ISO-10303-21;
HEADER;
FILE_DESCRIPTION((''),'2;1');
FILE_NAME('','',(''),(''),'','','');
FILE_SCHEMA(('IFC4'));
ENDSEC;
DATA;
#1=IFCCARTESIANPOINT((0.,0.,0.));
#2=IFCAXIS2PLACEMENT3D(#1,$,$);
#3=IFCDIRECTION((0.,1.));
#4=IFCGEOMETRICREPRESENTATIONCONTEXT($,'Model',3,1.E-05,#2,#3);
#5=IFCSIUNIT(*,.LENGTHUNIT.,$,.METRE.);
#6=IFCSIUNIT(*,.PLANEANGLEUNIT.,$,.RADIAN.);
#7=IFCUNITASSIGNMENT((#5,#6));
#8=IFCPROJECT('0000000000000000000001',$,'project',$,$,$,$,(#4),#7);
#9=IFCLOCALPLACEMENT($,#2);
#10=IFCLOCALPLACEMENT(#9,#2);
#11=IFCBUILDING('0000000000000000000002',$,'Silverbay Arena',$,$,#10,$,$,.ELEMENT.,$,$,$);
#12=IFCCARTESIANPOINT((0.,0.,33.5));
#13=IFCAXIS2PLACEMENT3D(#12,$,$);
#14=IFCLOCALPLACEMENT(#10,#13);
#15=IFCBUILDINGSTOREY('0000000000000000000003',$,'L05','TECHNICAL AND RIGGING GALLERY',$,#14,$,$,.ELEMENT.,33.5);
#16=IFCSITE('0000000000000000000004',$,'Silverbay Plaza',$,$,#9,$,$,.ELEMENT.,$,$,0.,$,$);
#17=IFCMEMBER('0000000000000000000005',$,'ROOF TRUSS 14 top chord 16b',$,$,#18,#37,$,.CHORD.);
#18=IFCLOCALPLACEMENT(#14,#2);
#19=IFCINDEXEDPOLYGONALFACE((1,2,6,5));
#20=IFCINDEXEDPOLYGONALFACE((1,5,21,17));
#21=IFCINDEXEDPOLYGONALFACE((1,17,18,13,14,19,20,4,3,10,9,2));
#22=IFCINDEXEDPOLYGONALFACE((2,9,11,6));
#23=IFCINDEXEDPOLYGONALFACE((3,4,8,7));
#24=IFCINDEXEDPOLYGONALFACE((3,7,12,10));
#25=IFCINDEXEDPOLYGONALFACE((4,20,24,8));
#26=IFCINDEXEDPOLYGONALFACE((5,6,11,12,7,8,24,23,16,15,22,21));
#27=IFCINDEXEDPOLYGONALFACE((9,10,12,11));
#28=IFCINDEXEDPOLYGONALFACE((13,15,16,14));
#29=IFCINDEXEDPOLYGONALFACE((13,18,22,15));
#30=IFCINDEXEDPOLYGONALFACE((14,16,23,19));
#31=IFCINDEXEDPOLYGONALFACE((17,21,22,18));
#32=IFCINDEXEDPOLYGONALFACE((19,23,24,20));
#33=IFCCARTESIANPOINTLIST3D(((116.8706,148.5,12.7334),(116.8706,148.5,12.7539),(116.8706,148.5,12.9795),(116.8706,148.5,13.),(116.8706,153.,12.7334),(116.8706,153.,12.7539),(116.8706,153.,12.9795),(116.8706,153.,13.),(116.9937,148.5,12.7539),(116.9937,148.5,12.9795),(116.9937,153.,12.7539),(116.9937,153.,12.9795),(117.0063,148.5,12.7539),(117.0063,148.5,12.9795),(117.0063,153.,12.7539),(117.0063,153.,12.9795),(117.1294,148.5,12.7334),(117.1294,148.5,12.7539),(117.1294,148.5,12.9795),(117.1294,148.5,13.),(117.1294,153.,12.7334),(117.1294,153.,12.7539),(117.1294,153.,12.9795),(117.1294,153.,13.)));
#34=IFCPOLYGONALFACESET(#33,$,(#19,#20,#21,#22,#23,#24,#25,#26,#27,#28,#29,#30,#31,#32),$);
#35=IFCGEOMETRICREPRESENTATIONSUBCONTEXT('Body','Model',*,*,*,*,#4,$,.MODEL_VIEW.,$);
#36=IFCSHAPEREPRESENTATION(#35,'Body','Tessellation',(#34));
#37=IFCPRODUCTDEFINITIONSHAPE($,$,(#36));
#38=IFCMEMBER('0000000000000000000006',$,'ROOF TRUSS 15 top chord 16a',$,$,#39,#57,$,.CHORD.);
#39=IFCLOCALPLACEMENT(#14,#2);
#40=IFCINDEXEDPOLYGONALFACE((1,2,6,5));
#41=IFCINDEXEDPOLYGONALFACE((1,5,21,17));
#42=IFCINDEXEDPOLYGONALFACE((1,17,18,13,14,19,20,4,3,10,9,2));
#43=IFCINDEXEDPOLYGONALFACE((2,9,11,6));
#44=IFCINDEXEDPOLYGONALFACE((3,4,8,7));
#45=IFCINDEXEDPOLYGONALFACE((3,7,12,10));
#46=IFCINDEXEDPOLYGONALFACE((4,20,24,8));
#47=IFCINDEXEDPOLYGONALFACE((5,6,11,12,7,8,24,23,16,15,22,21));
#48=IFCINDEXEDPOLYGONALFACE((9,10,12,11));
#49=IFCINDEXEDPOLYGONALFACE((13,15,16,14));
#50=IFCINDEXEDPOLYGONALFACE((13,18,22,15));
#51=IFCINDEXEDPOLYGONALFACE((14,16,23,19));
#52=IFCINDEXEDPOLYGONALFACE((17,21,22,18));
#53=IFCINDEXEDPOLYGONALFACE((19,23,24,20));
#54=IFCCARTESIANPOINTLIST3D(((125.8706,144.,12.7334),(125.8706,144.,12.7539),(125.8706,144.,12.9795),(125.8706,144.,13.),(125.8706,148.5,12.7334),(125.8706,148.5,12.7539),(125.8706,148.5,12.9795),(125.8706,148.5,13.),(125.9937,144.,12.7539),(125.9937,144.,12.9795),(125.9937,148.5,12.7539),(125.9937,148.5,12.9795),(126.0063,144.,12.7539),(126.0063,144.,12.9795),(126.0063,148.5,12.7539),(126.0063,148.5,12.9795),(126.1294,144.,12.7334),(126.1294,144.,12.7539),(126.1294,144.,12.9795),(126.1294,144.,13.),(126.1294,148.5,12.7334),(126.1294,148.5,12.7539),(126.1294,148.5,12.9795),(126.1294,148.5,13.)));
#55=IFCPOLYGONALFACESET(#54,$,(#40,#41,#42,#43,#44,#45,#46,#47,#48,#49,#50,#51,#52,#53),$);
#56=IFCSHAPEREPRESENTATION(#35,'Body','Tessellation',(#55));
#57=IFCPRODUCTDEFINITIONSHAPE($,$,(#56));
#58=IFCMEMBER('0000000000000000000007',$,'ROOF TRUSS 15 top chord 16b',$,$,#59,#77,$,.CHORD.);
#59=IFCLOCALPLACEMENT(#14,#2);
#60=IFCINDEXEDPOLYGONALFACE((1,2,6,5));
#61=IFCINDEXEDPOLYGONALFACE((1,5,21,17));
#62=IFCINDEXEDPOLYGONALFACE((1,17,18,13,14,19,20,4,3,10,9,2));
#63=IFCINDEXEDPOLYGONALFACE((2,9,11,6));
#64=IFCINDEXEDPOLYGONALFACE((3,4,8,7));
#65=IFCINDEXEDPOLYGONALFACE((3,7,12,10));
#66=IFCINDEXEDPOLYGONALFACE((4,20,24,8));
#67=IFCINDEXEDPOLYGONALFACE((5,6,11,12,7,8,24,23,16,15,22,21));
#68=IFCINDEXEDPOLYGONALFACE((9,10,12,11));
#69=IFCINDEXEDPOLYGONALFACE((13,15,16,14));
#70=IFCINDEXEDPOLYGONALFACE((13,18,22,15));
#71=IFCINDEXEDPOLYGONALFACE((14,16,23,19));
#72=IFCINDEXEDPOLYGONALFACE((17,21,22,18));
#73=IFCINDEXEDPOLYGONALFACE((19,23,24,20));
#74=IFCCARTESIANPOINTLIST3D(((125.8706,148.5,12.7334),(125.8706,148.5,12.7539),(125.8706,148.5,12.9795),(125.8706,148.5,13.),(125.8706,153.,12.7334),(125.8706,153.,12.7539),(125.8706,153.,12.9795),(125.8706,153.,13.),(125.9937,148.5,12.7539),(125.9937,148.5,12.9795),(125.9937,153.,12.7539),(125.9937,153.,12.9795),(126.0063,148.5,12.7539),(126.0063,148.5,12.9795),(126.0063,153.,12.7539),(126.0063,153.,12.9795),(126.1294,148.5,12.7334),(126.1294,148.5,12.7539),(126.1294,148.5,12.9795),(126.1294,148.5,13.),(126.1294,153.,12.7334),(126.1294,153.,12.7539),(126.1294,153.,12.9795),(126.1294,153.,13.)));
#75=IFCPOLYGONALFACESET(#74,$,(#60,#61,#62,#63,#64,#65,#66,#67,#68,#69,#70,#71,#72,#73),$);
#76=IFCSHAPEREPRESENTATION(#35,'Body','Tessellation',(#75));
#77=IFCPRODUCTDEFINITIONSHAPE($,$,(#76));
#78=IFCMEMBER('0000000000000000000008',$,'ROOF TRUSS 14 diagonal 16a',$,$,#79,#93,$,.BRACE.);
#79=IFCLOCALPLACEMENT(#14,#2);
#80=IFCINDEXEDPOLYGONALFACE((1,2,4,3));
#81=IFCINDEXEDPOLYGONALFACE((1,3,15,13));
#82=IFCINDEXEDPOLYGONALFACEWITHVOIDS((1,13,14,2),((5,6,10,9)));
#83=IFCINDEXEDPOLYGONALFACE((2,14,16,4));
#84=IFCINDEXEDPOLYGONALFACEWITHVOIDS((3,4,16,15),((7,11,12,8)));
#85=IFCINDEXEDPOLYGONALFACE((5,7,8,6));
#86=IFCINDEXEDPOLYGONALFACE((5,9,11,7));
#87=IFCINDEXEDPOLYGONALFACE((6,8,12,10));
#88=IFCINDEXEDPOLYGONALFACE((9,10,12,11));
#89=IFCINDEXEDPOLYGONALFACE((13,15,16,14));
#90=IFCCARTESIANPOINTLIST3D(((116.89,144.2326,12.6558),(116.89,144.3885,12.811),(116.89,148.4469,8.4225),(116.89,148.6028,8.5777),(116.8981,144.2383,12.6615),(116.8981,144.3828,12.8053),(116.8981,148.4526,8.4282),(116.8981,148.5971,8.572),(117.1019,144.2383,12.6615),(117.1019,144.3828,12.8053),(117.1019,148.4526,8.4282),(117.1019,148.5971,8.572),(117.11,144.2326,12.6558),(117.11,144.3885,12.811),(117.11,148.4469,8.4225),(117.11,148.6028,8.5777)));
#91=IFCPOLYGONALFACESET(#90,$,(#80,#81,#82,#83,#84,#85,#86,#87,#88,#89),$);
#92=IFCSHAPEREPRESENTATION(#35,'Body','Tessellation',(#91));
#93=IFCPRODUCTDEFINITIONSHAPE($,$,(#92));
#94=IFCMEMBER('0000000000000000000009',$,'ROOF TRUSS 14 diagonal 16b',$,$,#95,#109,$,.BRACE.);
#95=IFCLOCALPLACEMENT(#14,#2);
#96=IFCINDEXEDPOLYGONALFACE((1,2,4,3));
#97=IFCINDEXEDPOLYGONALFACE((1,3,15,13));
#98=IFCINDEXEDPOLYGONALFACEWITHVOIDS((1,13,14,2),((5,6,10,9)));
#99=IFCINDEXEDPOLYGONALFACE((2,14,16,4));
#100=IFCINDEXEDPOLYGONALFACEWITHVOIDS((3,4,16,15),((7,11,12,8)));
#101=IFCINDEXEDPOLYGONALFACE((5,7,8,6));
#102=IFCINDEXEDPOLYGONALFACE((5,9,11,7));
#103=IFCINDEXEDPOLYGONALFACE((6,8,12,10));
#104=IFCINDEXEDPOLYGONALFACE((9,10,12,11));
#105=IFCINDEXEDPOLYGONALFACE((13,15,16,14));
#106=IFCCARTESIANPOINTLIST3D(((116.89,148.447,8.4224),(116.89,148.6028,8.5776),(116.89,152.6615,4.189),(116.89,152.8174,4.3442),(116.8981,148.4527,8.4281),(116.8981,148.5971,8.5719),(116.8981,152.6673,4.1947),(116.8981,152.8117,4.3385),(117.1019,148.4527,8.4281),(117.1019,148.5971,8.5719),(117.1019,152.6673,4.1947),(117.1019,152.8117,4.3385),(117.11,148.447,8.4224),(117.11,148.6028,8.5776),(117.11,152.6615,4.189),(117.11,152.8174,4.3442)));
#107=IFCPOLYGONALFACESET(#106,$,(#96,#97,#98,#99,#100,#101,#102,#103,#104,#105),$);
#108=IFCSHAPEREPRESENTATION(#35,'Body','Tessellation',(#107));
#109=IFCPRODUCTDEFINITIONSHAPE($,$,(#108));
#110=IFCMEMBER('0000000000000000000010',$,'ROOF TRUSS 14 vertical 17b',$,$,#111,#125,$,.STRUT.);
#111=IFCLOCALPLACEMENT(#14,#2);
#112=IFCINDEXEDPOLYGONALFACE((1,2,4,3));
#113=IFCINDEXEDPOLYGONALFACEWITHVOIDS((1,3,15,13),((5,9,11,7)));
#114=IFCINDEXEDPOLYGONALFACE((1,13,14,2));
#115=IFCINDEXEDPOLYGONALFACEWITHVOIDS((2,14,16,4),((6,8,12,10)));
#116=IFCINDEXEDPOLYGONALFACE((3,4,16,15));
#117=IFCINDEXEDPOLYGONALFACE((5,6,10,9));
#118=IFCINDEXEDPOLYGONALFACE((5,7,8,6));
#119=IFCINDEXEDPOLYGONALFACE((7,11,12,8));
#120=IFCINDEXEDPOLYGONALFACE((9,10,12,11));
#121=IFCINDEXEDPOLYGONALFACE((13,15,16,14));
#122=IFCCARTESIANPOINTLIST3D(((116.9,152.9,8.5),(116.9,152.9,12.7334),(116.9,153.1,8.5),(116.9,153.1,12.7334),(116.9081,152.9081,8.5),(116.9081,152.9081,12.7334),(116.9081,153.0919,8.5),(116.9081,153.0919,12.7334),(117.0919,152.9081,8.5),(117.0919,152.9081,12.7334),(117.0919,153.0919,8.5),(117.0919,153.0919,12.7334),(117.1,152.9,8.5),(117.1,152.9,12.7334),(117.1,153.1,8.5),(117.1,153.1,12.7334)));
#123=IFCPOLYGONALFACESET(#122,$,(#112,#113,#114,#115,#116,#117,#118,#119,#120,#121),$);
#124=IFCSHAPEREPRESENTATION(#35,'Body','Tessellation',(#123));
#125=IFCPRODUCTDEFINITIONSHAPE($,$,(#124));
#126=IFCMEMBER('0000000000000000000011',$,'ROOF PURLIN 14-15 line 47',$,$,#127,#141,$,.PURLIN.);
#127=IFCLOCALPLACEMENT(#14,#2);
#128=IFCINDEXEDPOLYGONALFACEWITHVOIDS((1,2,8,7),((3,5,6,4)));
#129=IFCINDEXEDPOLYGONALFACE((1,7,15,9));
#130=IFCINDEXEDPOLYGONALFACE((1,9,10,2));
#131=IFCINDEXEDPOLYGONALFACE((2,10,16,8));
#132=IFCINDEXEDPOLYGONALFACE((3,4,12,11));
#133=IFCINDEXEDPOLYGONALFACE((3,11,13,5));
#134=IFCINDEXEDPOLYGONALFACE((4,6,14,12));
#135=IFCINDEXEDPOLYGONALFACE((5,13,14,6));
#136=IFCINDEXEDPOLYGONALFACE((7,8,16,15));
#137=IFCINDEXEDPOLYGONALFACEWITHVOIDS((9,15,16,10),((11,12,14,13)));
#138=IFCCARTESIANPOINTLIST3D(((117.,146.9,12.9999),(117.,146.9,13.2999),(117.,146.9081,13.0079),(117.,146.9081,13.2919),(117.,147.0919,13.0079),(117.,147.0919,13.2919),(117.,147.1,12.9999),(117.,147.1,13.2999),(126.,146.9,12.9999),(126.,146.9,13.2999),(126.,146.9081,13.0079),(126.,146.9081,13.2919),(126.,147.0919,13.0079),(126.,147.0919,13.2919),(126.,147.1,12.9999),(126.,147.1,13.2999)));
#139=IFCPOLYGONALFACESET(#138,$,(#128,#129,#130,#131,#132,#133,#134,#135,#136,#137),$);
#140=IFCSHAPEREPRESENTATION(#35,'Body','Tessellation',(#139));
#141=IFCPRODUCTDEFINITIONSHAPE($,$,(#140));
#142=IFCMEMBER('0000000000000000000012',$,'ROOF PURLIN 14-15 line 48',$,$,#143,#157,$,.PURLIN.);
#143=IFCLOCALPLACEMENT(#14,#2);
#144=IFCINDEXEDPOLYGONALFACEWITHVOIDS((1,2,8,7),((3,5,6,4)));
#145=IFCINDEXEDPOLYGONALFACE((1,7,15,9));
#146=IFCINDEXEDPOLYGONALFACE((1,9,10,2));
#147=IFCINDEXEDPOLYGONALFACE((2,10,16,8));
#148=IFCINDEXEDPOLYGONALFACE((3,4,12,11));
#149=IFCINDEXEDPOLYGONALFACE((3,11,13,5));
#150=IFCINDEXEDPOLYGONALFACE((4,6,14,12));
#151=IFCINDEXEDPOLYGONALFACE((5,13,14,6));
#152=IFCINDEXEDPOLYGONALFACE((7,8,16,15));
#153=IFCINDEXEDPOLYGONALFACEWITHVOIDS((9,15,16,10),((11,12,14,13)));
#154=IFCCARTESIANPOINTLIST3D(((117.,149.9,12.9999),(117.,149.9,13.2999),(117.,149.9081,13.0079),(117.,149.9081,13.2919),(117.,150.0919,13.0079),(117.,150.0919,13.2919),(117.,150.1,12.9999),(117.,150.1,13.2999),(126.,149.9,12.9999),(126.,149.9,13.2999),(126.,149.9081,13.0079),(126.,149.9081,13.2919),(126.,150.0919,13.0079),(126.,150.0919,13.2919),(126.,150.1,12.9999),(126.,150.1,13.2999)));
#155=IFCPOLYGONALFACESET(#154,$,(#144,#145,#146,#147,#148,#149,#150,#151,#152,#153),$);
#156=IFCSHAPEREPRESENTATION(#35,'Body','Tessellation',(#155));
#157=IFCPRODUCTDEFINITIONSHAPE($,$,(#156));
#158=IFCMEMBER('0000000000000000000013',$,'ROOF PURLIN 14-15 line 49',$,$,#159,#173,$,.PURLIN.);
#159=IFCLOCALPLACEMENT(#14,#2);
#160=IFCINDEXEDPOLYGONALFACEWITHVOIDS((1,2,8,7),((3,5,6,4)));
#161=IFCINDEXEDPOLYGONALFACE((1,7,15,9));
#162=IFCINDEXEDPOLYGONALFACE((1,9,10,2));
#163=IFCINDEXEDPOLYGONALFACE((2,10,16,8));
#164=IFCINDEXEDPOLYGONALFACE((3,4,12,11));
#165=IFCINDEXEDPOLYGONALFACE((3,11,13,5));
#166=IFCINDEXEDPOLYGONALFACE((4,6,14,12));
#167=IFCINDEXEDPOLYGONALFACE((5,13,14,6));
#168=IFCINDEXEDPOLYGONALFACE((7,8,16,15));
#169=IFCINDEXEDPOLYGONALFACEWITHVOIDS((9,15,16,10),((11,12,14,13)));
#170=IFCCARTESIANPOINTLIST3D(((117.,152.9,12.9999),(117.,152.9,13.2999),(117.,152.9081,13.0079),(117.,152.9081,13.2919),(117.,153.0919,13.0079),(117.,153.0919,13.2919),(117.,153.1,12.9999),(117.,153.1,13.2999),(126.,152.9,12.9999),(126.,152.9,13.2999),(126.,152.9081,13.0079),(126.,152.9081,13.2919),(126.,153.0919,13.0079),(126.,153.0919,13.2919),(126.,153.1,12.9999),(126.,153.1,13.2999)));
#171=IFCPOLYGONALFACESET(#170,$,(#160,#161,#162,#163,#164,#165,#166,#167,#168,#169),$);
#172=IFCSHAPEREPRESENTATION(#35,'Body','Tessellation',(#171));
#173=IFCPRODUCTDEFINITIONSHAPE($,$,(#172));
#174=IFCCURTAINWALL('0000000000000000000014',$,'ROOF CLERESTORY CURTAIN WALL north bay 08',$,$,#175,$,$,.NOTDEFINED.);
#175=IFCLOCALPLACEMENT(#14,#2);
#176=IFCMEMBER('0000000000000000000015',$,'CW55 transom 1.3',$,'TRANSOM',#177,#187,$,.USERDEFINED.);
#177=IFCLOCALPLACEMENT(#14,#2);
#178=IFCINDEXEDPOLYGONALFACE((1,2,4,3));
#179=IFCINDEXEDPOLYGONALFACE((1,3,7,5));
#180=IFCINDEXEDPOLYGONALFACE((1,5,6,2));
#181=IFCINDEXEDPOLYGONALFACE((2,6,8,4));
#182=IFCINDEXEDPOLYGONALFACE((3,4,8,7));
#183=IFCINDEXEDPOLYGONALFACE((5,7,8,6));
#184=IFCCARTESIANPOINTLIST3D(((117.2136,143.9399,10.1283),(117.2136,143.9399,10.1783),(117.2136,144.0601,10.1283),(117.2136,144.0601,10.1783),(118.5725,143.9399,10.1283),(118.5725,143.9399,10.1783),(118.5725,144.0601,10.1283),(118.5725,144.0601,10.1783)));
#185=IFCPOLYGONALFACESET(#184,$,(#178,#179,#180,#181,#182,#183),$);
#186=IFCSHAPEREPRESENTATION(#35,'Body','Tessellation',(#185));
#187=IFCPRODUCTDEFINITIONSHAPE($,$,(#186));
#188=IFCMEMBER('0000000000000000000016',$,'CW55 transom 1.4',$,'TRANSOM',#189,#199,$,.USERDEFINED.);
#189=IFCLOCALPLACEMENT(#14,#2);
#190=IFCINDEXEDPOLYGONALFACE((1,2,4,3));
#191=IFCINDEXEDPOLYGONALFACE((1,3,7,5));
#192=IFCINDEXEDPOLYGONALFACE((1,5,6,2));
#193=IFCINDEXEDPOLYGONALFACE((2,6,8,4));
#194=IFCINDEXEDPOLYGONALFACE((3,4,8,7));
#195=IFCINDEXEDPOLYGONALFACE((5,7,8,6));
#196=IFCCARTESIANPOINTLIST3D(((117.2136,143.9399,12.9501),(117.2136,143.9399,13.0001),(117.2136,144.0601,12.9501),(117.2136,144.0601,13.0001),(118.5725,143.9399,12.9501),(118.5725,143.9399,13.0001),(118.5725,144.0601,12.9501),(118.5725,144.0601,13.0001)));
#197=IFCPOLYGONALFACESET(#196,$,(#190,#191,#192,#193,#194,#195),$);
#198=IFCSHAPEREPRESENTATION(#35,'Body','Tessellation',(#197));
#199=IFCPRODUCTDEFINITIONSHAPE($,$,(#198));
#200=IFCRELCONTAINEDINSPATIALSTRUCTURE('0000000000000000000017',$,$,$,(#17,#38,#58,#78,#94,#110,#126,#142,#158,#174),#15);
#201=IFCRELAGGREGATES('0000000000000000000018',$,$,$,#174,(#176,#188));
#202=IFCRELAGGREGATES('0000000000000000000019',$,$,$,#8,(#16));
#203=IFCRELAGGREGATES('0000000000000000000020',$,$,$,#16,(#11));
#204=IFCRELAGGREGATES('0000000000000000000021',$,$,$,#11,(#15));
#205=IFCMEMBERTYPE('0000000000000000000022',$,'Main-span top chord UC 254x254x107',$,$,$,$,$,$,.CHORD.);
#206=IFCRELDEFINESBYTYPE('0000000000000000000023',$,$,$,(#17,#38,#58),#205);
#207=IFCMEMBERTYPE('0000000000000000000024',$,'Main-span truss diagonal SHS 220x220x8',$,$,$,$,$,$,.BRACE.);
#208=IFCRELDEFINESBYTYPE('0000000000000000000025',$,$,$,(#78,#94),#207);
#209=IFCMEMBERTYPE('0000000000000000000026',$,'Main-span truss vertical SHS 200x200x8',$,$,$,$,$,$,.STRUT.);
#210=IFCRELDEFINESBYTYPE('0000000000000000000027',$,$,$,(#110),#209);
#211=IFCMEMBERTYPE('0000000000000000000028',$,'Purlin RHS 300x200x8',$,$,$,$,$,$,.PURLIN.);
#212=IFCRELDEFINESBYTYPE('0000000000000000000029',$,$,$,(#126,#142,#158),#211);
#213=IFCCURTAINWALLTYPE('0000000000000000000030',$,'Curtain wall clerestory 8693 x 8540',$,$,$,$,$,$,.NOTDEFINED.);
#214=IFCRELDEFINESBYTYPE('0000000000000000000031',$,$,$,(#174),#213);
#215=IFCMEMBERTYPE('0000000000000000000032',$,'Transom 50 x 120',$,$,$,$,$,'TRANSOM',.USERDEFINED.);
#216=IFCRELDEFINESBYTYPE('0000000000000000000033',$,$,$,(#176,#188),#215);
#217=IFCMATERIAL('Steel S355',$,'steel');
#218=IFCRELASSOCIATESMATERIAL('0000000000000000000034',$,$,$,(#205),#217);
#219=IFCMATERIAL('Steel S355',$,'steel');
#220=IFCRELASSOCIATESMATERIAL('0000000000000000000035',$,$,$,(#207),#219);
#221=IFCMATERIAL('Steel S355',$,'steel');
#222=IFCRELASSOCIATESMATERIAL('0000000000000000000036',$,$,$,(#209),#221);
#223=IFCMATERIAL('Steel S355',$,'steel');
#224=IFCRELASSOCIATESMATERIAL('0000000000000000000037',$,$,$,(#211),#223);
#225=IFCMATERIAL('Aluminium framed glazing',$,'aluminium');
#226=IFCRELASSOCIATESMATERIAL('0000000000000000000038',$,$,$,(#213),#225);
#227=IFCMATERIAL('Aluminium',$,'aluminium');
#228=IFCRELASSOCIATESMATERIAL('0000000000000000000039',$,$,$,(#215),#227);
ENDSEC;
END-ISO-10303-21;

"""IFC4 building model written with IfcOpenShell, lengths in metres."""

from ifc_helpers import new_model, si_unit, direction, frame, origin, origin_2d, place, context, subcontext, project, spatial, rectangle, hollow_rectangle, i_section, extrude, material, material_profile, profile_set, type_object, element, aggregate, save


model = new_model("IFC4")

# Units and contexts
model_context = context("Model", 3, precision=1e-05, world=origin(), true_north=direction((0.0, 1.0)))
body_context = subcontext(model_context, "Body", "Model", "MODEL_VIEW")
ifc_project = project(units=[si_unit("LENGTHUNIT", "METRE"), si_unit("PLANEANGLEUNIT", "RADIAN")], contexts=[model_context])

# Site, building, storey
site_placement = place(None, origin())
site = spatial("IfcSite", under=ifc_project, at=site_placement, Name="Silverbay Plaza", CompositionType="ELEMENT", RefElevation=0.0)
building_placement = place(site_placement, origin())
building = spatial("IfcBuilding", under=site, at=building_placement, Name="Silverbay Arena", CompositionType="ELEMENT")
storey_placement = place(building_placement, frame((0.0, 0.0, 33.5)))
storey = spatial("IfcBuildingStorey", under=building, at=storey_placement, Name="L05", Description="TECHNICAL AND RIGGING GALLERY", CompositionType="ELEMENT", Elevation=33.5)

# Members
ifc_material_1 = material(Name="Steel S355", Category="steel")
ifc_material_profile_1 = material_profile(ifc_material_1, i_section(OverallWidth=0.2588, OverallDepth=0.2666, WebThickness=0.0127, FlangeThickness=0.0205, at=origin_2d()), Name="UC 254x254x107")
ifc_profile_set_1 = profile_set([ifc_material_profile_1], Name="Steel S355")
member_type_1 = type_object("IfcMemberType", Name="Main-span top chord UC 254x254x107", PredefinedType="CHORD", material=ifc_profile_set_1)
for number, where, z_axis, x_axis, name in (
    (1, (117.0, 148.5, 12.8667), (0.0, 1.0, 0.0), (-1.0, 0.0, 0.0), "ROOF TRUSS 14 top chord 16b"),
    (2, (126.0, 144.0, 12.8667), (0.0, 1.0, 0.0), (-1.0, 0.0, 0.0), "ROOF TRUSS 15 top chord 16a"),
    (3, (126.0, 148.5, 12.8667), (0.0, 1.0, 0.0), (-1.0, 0.0, 0.0), "ROOF TRUSS 15 top chord 16b"),
):
    element("IfcMember", number, at=place(storey_placement, frame(where, z_axis=z_axis, x_axis=x_axis)), inside=storey, type_object=member_type_1, Name=name, PredefinedType="CHORD", context=body_context, shape_type="SweptSolid", body=[
        extrude(i_section(OverallWidth=0.2588, OverallDepth=0.2666, WebThickness=0.0127, FlangeThickness=0.0205, at=origin_2d()), origin(), (0.0, 0.0, 1.0), 4.5),
    ])
ifc_material_2 = material(Name="Steel S355", Category="steel")
ifc_material_profile_2 = material_profile(ifc_material_2, hollow_rectangle(XDim=0.22, YDim=0.22, WallThickness=0.0081, at=origin_2d()), Name="SHS 220x220x8")
ifc_profile_set_2 = profile_set([ifc_material_profile_2], Name="Steel S355")
member_type_2 = type_object("IfcMemberType", Name="Main-span truss diagonal SHS 220x220x8", PredefinedType="BRACE", material=ifc_profile_set_2)
member_1_placement = place(storey_placement, frame((117.0, 144.3105, 12.7334), z_axis=(0.0, 0.705511, -0.708699), x_axis=(-1.0, 0.0, 0.0)))
element("IfcMember", 4, at=member_1_placement, inside=storey, type_object=member_type_2, Name="ROOF TRUSS 14 diagonal 16a", PredefinedType="BRACE", context=body_context, shape_type="SweptSolid", body=[
    extrude(hollow_rectangle(XDim=0.22, YDim=0.22, WallThickness=0.0081, at=origin_2d()), origin(), (0.0, 0.0, 1.0), 5.9734),
])
member_2_placement = place(storey_placement, frame((117.0, 148.5249, 8.5), z_axis=(0.0, 0.705532, -0.708679), x_axis=(-1.0, 0.0, 0.0)))
element("IfcMember", 5, at=member_2_placement, inside=storey, type_object=member_type_2, Name="ROOF TRUSS 14 diagonal 16b", PredefinedType="BRACE", context=body_context, shape_type="SweptSolid", body=[
    extrude(hollow_rectangle(XDim=0.22, YDim=0.22, WallThickness=0.0081, at=origin_2d()), origin(), (0.0, 0.0, 1.0), 5.9736),
])
ifc_material_3 = material(Name="Steel S355", Category="steel")
ifc_material_profile_3 = material_profile(ifc_material_3, hollow_rectangle(XDim=0.2, YDim=0.2, WallThickness=0.0081, at=origin_2d()), Name="SHS 200x200x8")
ifc_profile_set_3 = profile_set([ifc_material_profile_3], Name="Steel S355")
member_type_3 = type_object("IfcMemberType", Name="Main-span truss vertical SHS 200x200x8", PredefinedType="STRUT", material=ifc_profile_set_3)
member_3_placement = place(storey_placement, frame((117.0, 153.0, 8.5), z_axis=(0.0, 0.0, 1.0), x_axis=(1.0, 0.0, 0.0)))
element("IfcMember", 6, at=member_3_placement, inside=storey, type_object=member_type_3, Name="ROOF TRUSS 14 vertical 17b", PredefinedType="STRUT", context=body_context, shape_type="SweptSolid", body=[
    extrude(hollow_rectangle(XDim=0.2, YDim=0.2, WallThickness=0.0081, at=origin_2d()), origin(), (0.0, 0.0, 1.0), 4.2334),
])
ifc_material_4 = material(Name="Steel S355", Category="steel")
ifc_material_profile_4 = material_profile(ifc_material_4, hollow_rectangle(XDim=0.2, YDim=0.3, WallThickness=0.0081, at=origin_2d()), Name="RHS 300x200x8")
ifc_profile_set_4 = profile_set([ifc_material_profile_4], Name="Steel S355")
member_type_4 = type_object("IfcMemberType", Name="Purlin RHS 300x200x8", PredefinedType="PURLIN", material=ifc_profile_set_4)
for number, where, z_axis, x_axis, name in (
    (7, (117.0, 147.0, 13.1499), (1.0, 0.0, 0.0), (0.0, 1.0, 0.0), "ROOF PURLIN 14-15 line 47"),
    (8, (117.0, 150.0, 13.1499), (1.0, 0.0, 0.0), (0.0, 1.0, 0.0), "ROOF PURLIN 14-15 line 48"),
    (9, (117.0, 153.0, 13.1499), (1.0, 0.0, 0.0), (0.0, 1.0, 0.0), "ROOF PURLIN 14-15 line 49"),
):
    element("IfcMember", number, at=place(storey_placement, frame(where, z_axis=z_axis, x_axis=x_axis)), inside=storey, type_object=member_type_4, Name=name, PredefinedType="PURLIN", context=body_context, shape_type="SweptSolid", body=[
        extrude(hollow_rectangle(XDim=0.2, YDim=0.3, WallThickness=0.0081, at=origin_2d()), origin(), (0.0, 0.0, 1.0), 9.0),
    ])

# Curtain wall, members
ifc_material_5 = material(Name="Aluminium framed glazing", Category="aluminium")
curtain_wall_type = type_object("IfcCurtainWallType", Name="Curtain wall clerestory 8693 x 8540", PredefinedType="NOTDEFINED", material=ifc_material_5)
curtain_wall_placement = place(storey_placement, origin())
curtain_wall = element("IfcCurtainWall", 10, at=curtain_wall_placement, inside=storey, type_object=curtain_wall_type, Name="ROOF CLERESTORY CURTAIN WALL north bay 08", PredefinedType="NOTDEFINED")
ifc_material_6 = material(Name="Aluminium", Category="aluminium")
ifc_material_profile_5 = material_profile(ifc_material_6, rectangle(XDim=0.1201, YDim=0.05, at=origin_2d()), Name="Transom 50 x 120")
ifc_profile_set_5 = profile_set([ifc_material_profile_5], Name="Aluminium")
member_type_5 = type_object("IfcMemberType", Name="Transom 50 x 120", ElementType="TRANSOM", PredefinedType="USERDEFINED", material=ifc_profile_set_5)
member_4_placement = place(storey_placement, frame((117.2136, 144.0, 10.1533), z_axis=(1.0, 0.0, 0.0), x_axis=(0.0, 1.0, 0.0)))
member_4 = element("IfcMember", 11, at=member_4_placement, type_object=member_type_5, Name="CW55 transom 1.3", ObjectType="TRANSOM", PredefinedType="USERDEFINED", context=body_context, shape_type="SweptSolid", body=[
    extrude(rectangle(XDim=0.1201, YDim=0.05, at=origin_2d()), origin(), (0.0, 0.0, 1.0), 1.3589),
])
member_5_placement = place(storey_placement, frame((117.2136, 144.0, 12.9751), z_axis=(1.0, 0.0, 0.0), x_axis=(0.0, 1.0, 0.0)))
member_5 = element("IfcMember", 12, at=member_5_placement, type_object=member_type_5, Name="CW55 transom 1.4", ObjectType="TRANSOM", PredefinedType="USERDEFINED", context=body_context, shape_type="SweptSolid", body=[
    extrude(rectangle(XDim=0.1201, YDim=0.05, at=origin_2d()), origin(), (0.0, 0.0, 1.0), 1.3589),
])
aggregate(curtain_wall, [member_4, member_5])

save(model, "model.ifc")
